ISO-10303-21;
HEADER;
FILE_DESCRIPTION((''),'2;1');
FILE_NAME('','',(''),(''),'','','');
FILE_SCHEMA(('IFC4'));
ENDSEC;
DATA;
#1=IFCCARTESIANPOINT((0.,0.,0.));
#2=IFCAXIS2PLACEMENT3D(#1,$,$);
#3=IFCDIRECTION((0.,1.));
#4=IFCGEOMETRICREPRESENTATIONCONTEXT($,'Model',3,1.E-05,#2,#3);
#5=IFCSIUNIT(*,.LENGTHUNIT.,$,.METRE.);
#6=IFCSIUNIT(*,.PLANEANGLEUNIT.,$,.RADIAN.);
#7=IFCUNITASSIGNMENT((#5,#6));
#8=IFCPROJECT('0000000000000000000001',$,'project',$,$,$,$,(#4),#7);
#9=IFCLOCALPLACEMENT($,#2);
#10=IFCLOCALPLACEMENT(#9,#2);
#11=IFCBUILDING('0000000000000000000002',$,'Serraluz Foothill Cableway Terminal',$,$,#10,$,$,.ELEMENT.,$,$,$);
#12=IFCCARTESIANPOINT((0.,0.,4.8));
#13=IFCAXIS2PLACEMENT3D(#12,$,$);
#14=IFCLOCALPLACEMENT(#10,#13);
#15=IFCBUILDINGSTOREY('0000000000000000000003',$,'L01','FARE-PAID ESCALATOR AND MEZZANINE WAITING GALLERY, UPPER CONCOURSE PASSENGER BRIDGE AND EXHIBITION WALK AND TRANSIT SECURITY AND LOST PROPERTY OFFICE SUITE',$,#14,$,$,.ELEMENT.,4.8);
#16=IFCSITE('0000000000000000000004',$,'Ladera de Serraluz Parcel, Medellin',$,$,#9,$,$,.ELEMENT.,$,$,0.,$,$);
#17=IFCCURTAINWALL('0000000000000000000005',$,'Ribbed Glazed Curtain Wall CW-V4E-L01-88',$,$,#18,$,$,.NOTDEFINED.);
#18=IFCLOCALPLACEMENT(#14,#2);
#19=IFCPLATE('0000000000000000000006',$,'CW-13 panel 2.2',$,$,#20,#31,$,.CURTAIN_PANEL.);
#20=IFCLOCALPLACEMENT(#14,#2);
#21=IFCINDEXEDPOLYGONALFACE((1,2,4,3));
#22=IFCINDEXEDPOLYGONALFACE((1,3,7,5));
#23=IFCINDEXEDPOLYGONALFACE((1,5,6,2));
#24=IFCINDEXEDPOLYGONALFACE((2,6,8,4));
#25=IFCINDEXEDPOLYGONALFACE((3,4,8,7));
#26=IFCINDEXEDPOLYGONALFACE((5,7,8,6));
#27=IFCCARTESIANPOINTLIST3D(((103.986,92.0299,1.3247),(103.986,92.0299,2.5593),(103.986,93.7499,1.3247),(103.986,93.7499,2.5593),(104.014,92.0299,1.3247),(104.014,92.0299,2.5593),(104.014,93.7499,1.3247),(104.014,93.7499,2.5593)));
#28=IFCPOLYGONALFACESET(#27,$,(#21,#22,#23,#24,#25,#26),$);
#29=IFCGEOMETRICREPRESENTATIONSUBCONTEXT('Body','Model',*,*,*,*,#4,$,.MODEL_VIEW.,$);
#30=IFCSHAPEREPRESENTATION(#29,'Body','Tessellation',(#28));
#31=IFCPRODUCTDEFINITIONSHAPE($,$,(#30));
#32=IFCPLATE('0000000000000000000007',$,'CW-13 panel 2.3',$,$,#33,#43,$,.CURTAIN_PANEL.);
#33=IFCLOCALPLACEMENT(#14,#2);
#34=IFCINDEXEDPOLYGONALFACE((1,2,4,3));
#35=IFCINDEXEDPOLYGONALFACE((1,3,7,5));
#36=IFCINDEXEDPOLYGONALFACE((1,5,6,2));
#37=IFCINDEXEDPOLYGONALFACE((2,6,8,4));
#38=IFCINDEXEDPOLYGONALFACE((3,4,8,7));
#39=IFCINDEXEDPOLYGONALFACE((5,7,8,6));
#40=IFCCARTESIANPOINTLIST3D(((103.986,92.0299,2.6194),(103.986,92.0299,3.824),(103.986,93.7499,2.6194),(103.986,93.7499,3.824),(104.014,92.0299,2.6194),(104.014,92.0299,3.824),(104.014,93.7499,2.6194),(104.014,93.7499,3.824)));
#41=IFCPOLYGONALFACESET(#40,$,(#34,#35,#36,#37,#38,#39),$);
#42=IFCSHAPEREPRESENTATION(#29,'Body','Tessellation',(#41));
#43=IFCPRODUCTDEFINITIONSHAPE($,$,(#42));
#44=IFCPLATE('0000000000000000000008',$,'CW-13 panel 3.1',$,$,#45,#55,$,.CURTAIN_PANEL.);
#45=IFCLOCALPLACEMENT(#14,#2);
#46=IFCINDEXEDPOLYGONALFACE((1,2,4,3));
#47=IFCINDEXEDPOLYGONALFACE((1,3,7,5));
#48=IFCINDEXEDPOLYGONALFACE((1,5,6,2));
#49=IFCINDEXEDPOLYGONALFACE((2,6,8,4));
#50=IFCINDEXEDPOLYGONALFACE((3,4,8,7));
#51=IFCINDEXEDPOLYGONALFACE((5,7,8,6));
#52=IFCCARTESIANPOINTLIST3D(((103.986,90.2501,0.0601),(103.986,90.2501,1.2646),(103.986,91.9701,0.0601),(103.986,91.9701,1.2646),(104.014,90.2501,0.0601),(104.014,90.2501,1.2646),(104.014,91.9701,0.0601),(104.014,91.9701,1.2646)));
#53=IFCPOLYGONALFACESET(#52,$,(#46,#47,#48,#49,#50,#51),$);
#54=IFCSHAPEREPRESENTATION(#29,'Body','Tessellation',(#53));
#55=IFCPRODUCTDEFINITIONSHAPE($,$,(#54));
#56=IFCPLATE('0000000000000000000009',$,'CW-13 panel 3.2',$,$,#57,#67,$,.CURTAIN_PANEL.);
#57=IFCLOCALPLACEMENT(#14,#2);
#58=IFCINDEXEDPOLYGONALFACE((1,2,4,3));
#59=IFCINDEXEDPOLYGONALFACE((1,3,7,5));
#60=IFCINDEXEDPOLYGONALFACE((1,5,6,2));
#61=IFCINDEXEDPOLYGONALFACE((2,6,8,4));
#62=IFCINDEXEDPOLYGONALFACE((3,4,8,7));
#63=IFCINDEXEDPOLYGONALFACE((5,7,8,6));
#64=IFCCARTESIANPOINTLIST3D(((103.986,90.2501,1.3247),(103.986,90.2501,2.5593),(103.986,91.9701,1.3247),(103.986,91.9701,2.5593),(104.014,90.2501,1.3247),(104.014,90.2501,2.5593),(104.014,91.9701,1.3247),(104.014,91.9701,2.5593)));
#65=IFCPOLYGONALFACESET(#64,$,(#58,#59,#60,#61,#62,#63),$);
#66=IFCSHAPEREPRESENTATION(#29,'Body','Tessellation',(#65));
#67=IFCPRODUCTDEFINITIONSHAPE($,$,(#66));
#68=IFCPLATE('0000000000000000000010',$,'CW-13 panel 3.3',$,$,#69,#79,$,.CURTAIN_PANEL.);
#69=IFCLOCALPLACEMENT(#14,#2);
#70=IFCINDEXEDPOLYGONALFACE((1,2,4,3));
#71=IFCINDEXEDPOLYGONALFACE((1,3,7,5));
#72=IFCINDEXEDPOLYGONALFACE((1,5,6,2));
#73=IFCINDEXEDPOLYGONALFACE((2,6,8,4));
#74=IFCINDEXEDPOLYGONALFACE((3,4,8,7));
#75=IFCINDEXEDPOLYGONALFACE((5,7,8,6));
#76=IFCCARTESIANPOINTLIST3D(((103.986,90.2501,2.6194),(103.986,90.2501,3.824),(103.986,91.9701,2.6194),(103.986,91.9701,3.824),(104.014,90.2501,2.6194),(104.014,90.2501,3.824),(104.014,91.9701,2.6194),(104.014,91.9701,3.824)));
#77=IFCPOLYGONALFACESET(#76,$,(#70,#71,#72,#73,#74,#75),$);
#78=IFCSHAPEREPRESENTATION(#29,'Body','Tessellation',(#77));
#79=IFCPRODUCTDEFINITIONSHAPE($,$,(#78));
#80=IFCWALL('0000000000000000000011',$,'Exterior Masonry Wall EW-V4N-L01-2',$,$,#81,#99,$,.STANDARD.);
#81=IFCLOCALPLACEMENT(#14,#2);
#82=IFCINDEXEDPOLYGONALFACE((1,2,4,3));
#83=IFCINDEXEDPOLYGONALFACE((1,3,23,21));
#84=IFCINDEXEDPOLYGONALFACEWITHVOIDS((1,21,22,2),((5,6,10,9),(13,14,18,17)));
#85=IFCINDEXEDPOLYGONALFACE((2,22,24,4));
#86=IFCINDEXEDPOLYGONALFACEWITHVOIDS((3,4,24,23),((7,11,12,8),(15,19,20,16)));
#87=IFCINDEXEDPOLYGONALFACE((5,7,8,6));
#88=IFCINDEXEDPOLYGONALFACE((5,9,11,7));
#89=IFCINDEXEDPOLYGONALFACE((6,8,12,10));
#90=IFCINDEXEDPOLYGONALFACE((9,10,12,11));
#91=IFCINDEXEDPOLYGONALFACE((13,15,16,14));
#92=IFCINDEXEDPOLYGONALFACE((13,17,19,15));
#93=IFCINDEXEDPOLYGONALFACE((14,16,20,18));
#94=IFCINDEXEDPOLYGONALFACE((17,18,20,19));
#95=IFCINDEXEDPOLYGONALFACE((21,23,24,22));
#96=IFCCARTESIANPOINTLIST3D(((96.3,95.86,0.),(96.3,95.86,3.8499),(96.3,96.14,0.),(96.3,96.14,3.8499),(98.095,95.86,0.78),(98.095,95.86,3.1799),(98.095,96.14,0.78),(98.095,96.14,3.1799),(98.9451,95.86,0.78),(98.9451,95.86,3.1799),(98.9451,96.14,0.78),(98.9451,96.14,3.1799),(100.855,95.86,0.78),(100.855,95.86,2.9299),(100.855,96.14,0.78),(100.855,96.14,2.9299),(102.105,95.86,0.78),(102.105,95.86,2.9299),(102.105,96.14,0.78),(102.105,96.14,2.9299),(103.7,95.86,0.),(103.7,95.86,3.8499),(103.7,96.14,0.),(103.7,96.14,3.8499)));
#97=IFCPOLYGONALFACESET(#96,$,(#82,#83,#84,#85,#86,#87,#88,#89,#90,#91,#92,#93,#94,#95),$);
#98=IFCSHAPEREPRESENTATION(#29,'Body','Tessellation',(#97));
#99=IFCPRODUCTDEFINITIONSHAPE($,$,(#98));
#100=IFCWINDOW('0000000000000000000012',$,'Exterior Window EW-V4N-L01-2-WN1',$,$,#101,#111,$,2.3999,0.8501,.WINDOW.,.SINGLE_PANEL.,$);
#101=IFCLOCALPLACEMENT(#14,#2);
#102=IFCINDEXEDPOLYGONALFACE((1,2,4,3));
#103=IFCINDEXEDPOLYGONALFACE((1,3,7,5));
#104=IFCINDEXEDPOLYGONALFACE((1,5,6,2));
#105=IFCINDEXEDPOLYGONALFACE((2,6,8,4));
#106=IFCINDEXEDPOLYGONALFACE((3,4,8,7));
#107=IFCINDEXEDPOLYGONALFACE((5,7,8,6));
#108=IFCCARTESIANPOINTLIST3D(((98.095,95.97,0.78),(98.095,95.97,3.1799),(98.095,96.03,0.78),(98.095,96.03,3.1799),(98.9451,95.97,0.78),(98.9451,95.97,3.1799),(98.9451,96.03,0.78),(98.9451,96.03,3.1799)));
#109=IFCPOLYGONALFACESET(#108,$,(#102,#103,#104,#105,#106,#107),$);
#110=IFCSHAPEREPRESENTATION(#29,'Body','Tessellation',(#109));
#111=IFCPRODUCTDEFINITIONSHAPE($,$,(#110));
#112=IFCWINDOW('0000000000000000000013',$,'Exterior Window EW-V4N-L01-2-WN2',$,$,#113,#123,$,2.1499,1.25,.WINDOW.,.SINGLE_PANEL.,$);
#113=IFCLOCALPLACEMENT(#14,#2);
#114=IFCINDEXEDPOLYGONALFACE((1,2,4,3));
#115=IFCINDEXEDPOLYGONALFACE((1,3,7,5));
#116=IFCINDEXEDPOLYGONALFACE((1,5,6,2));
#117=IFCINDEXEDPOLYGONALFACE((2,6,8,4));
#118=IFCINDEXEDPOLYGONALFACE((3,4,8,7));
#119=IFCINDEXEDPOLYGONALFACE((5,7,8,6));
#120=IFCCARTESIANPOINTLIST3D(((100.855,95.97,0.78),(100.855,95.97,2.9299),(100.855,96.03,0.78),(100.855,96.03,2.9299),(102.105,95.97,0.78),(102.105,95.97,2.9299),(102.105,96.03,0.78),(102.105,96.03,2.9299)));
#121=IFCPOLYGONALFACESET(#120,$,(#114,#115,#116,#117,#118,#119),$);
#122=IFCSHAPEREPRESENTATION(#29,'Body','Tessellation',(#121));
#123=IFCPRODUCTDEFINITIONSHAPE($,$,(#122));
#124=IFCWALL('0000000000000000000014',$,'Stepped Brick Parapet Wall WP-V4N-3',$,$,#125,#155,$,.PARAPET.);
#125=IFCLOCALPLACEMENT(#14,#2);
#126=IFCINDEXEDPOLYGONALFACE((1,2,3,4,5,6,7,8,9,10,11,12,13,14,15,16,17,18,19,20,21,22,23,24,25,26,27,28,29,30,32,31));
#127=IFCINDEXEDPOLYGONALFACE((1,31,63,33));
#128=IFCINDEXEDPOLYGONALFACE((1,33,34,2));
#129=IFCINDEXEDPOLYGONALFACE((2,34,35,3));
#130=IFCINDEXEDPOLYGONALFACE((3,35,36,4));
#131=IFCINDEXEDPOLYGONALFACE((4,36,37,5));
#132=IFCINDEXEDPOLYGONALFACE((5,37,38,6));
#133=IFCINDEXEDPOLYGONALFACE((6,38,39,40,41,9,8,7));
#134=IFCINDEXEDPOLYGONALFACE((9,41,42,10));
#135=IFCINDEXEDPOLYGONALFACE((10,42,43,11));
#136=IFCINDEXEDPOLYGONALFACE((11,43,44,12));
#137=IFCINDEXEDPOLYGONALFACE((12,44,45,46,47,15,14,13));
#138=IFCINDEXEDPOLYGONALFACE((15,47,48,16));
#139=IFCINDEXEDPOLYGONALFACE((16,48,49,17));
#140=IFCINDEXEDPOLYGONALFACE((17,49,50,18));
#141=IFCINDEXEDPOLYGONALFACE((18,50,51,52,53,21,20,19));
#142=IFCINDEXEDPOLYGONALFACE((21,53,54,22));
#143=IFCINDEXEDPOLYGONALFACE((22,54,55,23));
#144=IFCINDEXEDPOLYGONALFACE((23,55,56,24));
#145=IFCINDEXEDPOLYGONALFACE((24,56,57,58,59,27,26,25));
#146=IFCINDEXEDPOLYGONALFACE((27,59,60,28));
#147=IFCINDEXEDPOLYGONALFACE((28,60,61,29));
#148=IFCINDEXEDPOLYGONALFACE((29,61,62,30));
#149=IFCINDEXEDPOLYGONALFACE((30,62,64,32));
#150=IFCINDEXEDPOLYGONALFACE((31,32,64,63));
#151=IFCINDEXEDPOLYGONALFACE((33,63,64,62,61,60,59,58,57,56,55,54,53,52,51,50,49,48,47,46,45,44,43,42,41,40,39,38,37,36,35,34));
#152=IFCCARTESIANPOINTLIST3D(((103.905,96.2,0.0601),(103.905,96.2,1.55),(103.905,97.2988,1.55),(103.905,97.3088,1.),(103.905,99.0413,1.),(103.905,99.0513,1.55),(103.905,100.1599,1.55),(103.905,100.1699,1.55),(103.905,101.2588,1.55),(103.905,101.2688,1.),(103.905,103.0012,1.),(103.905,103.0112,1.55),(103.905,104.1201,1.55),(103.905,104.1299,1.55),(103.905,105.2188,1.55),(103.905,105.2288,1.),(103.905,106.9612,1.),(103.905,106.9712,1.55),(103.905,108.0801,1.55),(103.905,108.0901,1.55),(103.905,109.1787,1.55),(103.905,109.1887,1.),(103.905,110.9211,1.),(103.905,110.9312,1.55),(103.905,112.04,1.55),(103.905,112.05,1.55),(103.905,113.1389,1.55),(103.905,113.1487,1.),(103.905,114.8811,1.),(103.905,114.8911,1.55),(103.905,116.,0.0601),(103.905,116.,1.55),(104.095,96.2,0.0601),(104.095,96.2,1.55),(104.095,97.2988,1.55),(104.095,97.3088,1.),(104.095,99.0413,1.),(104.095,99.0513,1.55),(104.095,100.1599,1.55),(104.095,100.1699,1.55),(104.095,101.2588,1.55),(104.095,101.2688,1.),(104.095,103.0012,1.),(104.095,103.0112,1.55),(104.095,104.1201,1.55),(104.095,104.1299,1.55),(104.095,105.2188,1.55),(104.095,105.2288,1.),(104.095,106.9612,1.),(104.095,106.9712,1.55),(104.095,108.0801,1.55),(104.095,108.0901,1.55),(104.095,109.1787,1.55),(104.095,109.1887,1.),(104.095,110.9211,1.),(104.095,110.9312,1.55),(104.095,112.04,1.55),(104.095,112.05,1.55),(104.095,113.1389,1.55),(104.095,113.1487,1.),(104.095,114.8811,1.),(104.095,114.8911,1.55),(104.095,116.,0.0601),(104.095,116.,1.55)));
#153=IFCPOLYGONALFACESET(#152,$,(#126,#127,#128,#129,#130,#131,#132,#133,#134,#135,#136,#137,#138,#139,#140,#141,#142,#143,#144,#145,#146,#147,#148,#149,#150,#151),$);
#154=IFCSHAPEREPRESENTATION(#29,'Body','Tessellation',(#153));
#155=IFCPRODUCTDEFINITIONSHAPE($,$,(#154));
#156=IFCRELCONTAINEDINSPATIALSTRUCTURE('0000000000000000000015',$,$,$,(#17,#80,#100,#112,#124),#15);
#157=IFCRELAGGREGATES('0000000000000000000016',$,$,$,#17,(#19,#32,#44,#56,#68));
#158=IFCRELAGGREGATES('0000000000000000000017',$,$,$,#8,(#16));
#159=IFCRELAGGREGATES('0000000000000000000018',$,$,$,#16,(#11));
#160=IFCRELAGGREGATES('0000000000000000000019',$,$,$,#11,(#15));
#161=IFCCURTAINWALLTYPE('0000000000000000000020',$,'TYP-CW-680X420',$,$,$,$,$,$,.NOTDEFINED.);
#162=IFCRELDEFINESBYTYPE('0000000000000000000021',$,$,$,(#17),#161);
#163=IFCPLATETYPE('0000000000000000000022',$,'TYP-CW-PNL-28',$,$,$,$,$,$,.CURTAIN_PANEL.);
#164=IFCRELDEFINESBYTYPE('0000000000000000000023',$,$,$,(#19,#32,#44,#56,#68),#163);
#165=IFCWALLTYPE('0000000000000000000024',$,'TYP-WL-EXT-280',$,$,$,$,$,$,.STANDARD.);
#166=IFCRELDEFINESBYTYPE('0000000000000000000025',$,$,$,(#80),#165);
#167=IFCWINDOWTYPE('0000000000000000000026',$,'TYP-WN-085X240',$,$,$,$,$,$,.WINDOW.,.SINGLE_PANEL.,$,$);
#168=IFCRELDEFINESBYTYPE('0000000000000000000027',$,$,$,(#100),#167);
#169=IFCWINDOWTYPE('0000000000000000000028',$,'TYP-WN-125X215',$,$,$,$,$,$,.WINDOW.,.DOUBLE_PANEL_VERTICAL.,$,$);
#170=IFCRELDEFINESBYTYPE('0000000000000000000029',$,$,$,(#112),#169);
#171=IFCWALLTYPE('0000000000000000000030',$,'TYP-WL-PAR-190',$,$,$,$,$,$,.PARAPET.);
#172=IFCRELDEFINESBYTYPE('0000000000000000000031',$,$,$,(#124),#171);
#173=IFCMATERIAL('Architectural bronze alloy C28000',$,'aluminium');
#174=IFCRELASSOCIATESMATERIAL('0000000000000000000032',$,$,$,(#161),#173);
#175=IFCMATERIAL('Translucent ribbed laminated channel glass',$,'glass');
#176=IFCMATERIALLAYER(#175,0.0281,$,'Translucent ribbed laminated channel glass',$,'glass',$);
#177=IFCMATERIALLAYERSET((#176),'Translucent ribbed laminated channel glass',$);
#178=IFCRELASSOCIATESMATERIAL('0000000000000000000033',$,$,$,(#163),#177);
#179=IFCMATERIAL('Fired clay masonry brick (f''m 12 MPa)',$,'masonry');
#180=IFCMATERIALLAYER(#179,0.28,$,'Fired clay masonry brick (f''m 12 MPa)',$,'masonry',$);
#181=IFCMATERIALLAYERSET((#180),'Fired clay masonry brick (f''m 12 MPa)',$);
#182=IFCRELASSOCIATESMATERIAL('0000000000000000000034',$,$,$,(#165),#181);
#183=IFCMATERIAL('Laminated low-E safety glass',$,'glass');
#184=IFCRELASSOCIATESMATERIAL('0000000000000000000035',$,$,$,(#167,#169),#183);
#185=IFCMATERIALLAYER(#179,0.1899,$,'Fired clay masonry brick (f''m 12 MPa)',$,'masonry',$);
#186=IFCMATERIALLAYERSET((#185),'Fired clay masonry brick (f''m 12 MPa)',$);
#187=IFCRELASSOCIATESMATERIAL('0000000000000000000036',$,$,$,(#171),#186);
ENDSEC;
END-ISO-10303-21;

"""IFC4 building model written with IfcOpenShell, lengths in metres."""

from ifc_helpers import new_model, si_unit, direction, frame, frame_2d, origin, origin_2d, place, context, subcontext, project, spatial, polyline, rectangle, outline, extrude, material, layer, layer_set, type_object, element, fill, aggregate, save


model = new_model("IFC4")

# Units and contexts
model_context = context("Model", 3, precision=1e-05, world=origin(), true_north=direction((0.0, 1.0)))
body_context = subcontext(model_context, "Body", "Model", "MODEL_VIEW")
ifc_project = project(units=[si_unit("LENGTHUNIT", "METRE"), si_unit("PLANEANGLEUNIT", "RADIAN")], contexts=[model_context])

# Site, building, storey
site_placement = place(None, origin())
site = spatial("IfcSite", under=ifc_project, at=site_placement, Name="Ladera de Serraluz Parcel, Medellin", CompositionType="ELEMENT", RefElevation=0.0)
building_placement = place(site_placement, origin())
building = spatial("IfcBuilding", under=site, at=building_placement, Name="Serraluz Foothill Cableway Terminal", CompositionType="ELEMENT")
storey_placement = place(building_placement, frame((0.0, 0.0, 4.8)))
storey = spatial("IfcBuildingStorey", under=building, at=storey_placement, Name="L01", Description="FARE-PAID ESCALATOR AND MEZZANINE WAITING GALLERY, UPPER CONCOURSE PASSENGER BRIDGE AND EXHIBITION WALK AND TRANSIT SECURITY AND LOST PROPERTY OFFICE SUITE", CompositionType="ELEMENT", Elevation=4.8)

# Curtain wall
ifc_material_1 = material(Name="Architectural bronze alloy C28000", Category="aluminium")
curtain_wall_type = type_object("IfcCurtainWallType", Name="TYP-CW-680X420", PredefinedType="NOTDEFINED", material=ifc_material_1)
curtain_wall_placement = place(storey_placement, origin())
curtain_wall = element("IfcCurtainWall", 1, at=curtain_wall_placement, inside=storey, type_object=curtain_wall_type, Name="Ribbed Glazed Curtain Wall CW-V4E-L01-88", PredefinedType="NOTDEFINED")

# Plates
ifc_material_2 = material(Name="Translucent ribbed laminated channel glass", Category="glass")
ifc_layer_1 = layer(ifc_material_2, 0.0281, Name="Translucent ribbed laminated channel glass", Category="glass")
ifc_layer_set_1 = layer_set([ifc_layer_1], Name="Translucent ribbed laminated channel glass")
plate_type = type_object("IfcPlateType", Name="TYP-CW-PNL-28", PredefinedType="CURTAIN_PANEL", material=ifc_layer_set_1)
plate_1_placement = place(storey_placement, frame((104.0, 92.8899, 1.3247), z_axis=(0.0, 0.0, 1.0), x_axis=(0.0, -1.0, 0.0)))
plate_1 = element("IfcPlate", 2, at=plate_1_placement, type_object=plate_type, Name="CW-13 panel 2.2", PredefinedType="CURTAIN_PANEL", context=body_context, shape_type="SweptSolid", body=[
    extrude(rectangle(XDim=1.72, YDim=0.0281, at=origin_2d()), origin(), (0.0, 0.0, 1.0), 1.2346),
])
plate_2_placement = place(storey_placement, frame((104.0, 92.8899, 2.6194), z_axis=(0.0, 0.0, 1.0), x_axis=(0.0, -1.0, 0.0)))
plate_2 = element("IfcPlate", 3, at=plate_2_placement, type_object=plate_type, Name="CW-13 panel 2.3", PredefinedType="CURTAIN_PANEL", context=body_context, shape_type="SweptSolid", body=[
    extrude(rectangle(XDim=1.72, YDim=0.0281, at=origin_2d()), origin(), (0.0, 0.0, 1.0), 1.2046),
])
plate_3_placement = place(storey_placement, frame((104.0, 91.1101, 0.0601), z_axis=(0.0, 0.0, 1.0), x_axis=(0.0, -1.0, 0.0)))
plate_3 = element("IfcPlate", 4, at=plate_3_placement, type_object=plate_type, Name="CW-13 panel 3.1", PredefinedType="CURTAIN_PANEL", context=body_context, shape_type="SweptSolid", body=[
    extrude(rectangle(XDim=1.72, YDim=0.0281, at=origin_2d()), origin(), (0.0, 0.0, 1.0), 1.2046),
])
plate_4_placement = place(storey_placement, frame((104.0, 91.1101, 1.3247), z_axis=(0.0, 0.0, 1.0), x_axis=(0.0, -1.0, 0.0)))
plate_4 = element("IfcPlate", 5, at=plate_4_placement, type_object=plate_type, Name="CW-13 panel 3.2", PredefinedType="CURTAIN_PANEL", context=body_context, shape_type="SweptSolid", body=[
    extrude(rectangle(XDim=1.72, YDim=0.0281, at=origin_2d()), origin(), (0.0, 0.0, 1.0), 1.2346),
])
plate_5_placement = place(storey_placement, frame((104.0, 91.1101, 2.6194), z_axis=(0.0, 0.0, 1.0), x_axis=(0.0, -1.0, 0.0)))
plate_5 = element("IfcPlate", 6, at=plate_5_placement, type_object=plate_type, Name="CW-13 panel 3.3", PredefinedType="CURTAIN_PANEL", context=body_context, shape_type="SweptSolid", body=[
    extrude(rectangle(XDim=1.72, YDim=0.0281, at=origin_2d()), origin(), (0.0, 0.0, 1.0), 1.2046),
])
aggregate(curtain_wall, [plate_1, plate_2, plate_3, plate_4, plate_5])

# Wall, openings, windows
ifc_material_3 = material(Name="Fired clay masonry brick (f'm 12 MPa)", Category="masonry")
ifc_layer_2 = layer(ifc_material_3, 0.28, Name="Fired clay masonry brick (f'm 12 MPa)", Category="masonry")
ifc_layer_set_2 = layer_set([ifc_layer_2], Name="Fired clay masonry brick (f'm 12 MPa)")
wall_type_1 = type_object("IfcWallType", Name="TYP-WL-EXT-280", PredefinedType="STANDARD", material=ifc_layer_set_2)
wall_1_placement = place(storey_placement, frame((96.3, 96.0, 0.0), z_axis=(0.0, 0.0, 1.0), x_axis=(1.0, 0.0, 0.0)))
wall_1 = element("IfcWall", 7, at=wall_1_placement, inside=storey, type_object=wall_type_1, Name="Exterior Masonry Wall EW-V4N-L01-2", PredefinedType="STANDARD", context=body_context, shape_type="SweptSolid", body=[
    extrude(rectangle(XDim=7.3999, YDim=0.28, at=frame_2d((3.7, 0.0))), origin(), (0.0, 0.0, 1.0), 3.8499),
])
opening_1_placement = place(wall_1_placement, frame((1.7949, 0.0, 0.78)))
opening_1 = element("IfcOpeningElement", 8, at=opening_1_placement, cuts=wall_1, PredefinedType="OPENING", context=body_context, shape_type="SweptSolid", body=[
    extrude(rectangle(XDim=0.8501, YDim=2.3999, at=frame_2d((0.425, 1.2))), frame((0.0, 0.1499, 0.0), z_axis=(0.0, -1.0, 0.0), x_axis=(1.0, 0.0, 0.0)), (0.0, 0.0, 1.0), 0.3),
])
opening_2_placement = place(wall_1_placement, frame((4.5549, 0.0, 0.78)))
opening_2 = element("IfcOpeningElement", 9, at=opening_2_placement, cuts=wall_1, PredefinedType="OPENING", context=body_context, shape_type="SweptSolid", body=[
    extrude(rectangle(XDim=1.25, YDim=2.1499, at=frame_2d((0.625, 1.075))), frame((0.0, 0.1499, 0.0), z_axis=(0.0, -1.0, 0.0), x_axis=(1.0, 0.0, 0.0)), (0.0, 0.0, 1.0), 0.3),
])
ifc_material_4 = material(Name="Laminated low-E safety glass", Category="glass")
window_type_1 = type_object("IfcWindowType", Name="TYP-WN-085X240", PartitioningType="SINGLE_PANEL", PredefinedType="WINDOW", material=ifc_material_4)
window_1_placement = place(opening_1_placement, origin())
window_1 = element("IfcWindow", 10, at=window_1_placement, inside=storey, type_object=window_type_1, Name="Exterior Window EW-V4N-L01-2-WN1", OverallHeight=2.3999, OverallWidth=0.8501, PartitioningType="SINGLE_PANEL", PredefinedType="WINDOW", context=body_context, shape_type="SweptSolid", body=[
    extrude(rectangle(XDim=0.8501, YDim=2.3999, at=frame_2d((0.425, 1.2))), frame((0.0, 0.03, 0.0), z_axis=(0.0, -1.0, 0.0), x_axis=(1.0, 0.0, 0.0)), (0.0, 0.0, 1.0), 0.0601),
])
fill(opening_1, window_1)
window_type_2 = type_object("IfcWindowType", Name="TYP-WN-125X215", PartitioningType="DOUBLE_PANEL_VERTICAL", PredefinedType="WINDOW", material=ifc_material_4)
window_2_placement = place(opening_2_placement, origin())
window_2 = element("IfcWindow", 11, at=window_2_placement, inside=storey, type_object=window_type_2, Name="Exterior Window EW-V4N-L01-2-WN2", OverallHeight=2.1499, OverallWidth=1.25, PartitioningType="SINGLE_PANEL", PredefinedType="WINDOW", context=body_context, shape_type="SweptSolid", body=[
    extrude(rectangle(XDim=1.25, YDim=2.1499, at=frame_2d((0.625, 1.075))), frame((0.0, 0.03, 0.0), z_axis=(0.0, -1.0, 0.0), x_axis=(1.0, 0.0, 0.0)), (0.0, 0.0, 1.0), 0.0601),
])
fill(opening_2, window_2)

# Wall
ifc_layer_3 = layer(ifc_material_3, 0.1899, Name="Fired clay masonry brick (f'm 12 MPa)", Category="masonry")
ifc_layer_set_3 = layer_set([ifc_layer_3], Name="Fired clay masonry brick (f'm 12 MPa)")
wall_type_2 = type_object("IfcWallType", Name="TYP-WL-PAR-190", PredefinedType="PARAPET", material=ifc_layer_set_3)
wall_2_placement = place(storey_placement, frame((104.0, 116.0, 0.0601), z_axis=(0.0, 0.0, 1.0), x_axis=(0.0, -1.0, 0.0)))
element("IfcWall", 12, at=wall_2_placement, inside=storey, type_object=wall_type_2, Name="Stepped Brick Parapet Wall WP-V4N-3", PredefinedType="PARAPET", context=body_context, shape_type="SweptSolid", body=[
    extrude(outline(polyline([(0.0, 0.0), (19.8, 0.0), (19.8, 1.49), (18.7012, 1.49), (18.6912, 0.9399), (16.9587, 0.9399), (16.9487, 1.49), (15.8401, 1.49), (15.8301, 1.49), (14.7412, 1.49), (14.7312, 0.9399), (12.9988, 0.9399), (12.9888, 1.49), (11.8799, 1.49), (11.8701, 1.49), (10.7812, 1.49), (10.7712, 0.9399), (9.0388, 0.9399), (9.0288, 1.49), (7.9199, 1.49), (7.9099, 1.49), (6.8213, 1.49), (6.8113, 0.9399), (5.0789, 0.9399), (5.0688, 1.49), (3.96, 1.49), (3.95, 1.49), (2.8611, 1.49), (2.8513, 0.9399), (1.1189, 0.9399), (1.1089, 1.49), (0.0, 1.49), (0.0, 0.0)])), frame((0.0, 0.095, 0.0), z_axis=(0.0, -1.0, 0.0), x_axis=(1.0, 0.0, 0.0)), (0.0, 0.0, 1.0), 0.1899),
])

save(model, "model.ifc")
